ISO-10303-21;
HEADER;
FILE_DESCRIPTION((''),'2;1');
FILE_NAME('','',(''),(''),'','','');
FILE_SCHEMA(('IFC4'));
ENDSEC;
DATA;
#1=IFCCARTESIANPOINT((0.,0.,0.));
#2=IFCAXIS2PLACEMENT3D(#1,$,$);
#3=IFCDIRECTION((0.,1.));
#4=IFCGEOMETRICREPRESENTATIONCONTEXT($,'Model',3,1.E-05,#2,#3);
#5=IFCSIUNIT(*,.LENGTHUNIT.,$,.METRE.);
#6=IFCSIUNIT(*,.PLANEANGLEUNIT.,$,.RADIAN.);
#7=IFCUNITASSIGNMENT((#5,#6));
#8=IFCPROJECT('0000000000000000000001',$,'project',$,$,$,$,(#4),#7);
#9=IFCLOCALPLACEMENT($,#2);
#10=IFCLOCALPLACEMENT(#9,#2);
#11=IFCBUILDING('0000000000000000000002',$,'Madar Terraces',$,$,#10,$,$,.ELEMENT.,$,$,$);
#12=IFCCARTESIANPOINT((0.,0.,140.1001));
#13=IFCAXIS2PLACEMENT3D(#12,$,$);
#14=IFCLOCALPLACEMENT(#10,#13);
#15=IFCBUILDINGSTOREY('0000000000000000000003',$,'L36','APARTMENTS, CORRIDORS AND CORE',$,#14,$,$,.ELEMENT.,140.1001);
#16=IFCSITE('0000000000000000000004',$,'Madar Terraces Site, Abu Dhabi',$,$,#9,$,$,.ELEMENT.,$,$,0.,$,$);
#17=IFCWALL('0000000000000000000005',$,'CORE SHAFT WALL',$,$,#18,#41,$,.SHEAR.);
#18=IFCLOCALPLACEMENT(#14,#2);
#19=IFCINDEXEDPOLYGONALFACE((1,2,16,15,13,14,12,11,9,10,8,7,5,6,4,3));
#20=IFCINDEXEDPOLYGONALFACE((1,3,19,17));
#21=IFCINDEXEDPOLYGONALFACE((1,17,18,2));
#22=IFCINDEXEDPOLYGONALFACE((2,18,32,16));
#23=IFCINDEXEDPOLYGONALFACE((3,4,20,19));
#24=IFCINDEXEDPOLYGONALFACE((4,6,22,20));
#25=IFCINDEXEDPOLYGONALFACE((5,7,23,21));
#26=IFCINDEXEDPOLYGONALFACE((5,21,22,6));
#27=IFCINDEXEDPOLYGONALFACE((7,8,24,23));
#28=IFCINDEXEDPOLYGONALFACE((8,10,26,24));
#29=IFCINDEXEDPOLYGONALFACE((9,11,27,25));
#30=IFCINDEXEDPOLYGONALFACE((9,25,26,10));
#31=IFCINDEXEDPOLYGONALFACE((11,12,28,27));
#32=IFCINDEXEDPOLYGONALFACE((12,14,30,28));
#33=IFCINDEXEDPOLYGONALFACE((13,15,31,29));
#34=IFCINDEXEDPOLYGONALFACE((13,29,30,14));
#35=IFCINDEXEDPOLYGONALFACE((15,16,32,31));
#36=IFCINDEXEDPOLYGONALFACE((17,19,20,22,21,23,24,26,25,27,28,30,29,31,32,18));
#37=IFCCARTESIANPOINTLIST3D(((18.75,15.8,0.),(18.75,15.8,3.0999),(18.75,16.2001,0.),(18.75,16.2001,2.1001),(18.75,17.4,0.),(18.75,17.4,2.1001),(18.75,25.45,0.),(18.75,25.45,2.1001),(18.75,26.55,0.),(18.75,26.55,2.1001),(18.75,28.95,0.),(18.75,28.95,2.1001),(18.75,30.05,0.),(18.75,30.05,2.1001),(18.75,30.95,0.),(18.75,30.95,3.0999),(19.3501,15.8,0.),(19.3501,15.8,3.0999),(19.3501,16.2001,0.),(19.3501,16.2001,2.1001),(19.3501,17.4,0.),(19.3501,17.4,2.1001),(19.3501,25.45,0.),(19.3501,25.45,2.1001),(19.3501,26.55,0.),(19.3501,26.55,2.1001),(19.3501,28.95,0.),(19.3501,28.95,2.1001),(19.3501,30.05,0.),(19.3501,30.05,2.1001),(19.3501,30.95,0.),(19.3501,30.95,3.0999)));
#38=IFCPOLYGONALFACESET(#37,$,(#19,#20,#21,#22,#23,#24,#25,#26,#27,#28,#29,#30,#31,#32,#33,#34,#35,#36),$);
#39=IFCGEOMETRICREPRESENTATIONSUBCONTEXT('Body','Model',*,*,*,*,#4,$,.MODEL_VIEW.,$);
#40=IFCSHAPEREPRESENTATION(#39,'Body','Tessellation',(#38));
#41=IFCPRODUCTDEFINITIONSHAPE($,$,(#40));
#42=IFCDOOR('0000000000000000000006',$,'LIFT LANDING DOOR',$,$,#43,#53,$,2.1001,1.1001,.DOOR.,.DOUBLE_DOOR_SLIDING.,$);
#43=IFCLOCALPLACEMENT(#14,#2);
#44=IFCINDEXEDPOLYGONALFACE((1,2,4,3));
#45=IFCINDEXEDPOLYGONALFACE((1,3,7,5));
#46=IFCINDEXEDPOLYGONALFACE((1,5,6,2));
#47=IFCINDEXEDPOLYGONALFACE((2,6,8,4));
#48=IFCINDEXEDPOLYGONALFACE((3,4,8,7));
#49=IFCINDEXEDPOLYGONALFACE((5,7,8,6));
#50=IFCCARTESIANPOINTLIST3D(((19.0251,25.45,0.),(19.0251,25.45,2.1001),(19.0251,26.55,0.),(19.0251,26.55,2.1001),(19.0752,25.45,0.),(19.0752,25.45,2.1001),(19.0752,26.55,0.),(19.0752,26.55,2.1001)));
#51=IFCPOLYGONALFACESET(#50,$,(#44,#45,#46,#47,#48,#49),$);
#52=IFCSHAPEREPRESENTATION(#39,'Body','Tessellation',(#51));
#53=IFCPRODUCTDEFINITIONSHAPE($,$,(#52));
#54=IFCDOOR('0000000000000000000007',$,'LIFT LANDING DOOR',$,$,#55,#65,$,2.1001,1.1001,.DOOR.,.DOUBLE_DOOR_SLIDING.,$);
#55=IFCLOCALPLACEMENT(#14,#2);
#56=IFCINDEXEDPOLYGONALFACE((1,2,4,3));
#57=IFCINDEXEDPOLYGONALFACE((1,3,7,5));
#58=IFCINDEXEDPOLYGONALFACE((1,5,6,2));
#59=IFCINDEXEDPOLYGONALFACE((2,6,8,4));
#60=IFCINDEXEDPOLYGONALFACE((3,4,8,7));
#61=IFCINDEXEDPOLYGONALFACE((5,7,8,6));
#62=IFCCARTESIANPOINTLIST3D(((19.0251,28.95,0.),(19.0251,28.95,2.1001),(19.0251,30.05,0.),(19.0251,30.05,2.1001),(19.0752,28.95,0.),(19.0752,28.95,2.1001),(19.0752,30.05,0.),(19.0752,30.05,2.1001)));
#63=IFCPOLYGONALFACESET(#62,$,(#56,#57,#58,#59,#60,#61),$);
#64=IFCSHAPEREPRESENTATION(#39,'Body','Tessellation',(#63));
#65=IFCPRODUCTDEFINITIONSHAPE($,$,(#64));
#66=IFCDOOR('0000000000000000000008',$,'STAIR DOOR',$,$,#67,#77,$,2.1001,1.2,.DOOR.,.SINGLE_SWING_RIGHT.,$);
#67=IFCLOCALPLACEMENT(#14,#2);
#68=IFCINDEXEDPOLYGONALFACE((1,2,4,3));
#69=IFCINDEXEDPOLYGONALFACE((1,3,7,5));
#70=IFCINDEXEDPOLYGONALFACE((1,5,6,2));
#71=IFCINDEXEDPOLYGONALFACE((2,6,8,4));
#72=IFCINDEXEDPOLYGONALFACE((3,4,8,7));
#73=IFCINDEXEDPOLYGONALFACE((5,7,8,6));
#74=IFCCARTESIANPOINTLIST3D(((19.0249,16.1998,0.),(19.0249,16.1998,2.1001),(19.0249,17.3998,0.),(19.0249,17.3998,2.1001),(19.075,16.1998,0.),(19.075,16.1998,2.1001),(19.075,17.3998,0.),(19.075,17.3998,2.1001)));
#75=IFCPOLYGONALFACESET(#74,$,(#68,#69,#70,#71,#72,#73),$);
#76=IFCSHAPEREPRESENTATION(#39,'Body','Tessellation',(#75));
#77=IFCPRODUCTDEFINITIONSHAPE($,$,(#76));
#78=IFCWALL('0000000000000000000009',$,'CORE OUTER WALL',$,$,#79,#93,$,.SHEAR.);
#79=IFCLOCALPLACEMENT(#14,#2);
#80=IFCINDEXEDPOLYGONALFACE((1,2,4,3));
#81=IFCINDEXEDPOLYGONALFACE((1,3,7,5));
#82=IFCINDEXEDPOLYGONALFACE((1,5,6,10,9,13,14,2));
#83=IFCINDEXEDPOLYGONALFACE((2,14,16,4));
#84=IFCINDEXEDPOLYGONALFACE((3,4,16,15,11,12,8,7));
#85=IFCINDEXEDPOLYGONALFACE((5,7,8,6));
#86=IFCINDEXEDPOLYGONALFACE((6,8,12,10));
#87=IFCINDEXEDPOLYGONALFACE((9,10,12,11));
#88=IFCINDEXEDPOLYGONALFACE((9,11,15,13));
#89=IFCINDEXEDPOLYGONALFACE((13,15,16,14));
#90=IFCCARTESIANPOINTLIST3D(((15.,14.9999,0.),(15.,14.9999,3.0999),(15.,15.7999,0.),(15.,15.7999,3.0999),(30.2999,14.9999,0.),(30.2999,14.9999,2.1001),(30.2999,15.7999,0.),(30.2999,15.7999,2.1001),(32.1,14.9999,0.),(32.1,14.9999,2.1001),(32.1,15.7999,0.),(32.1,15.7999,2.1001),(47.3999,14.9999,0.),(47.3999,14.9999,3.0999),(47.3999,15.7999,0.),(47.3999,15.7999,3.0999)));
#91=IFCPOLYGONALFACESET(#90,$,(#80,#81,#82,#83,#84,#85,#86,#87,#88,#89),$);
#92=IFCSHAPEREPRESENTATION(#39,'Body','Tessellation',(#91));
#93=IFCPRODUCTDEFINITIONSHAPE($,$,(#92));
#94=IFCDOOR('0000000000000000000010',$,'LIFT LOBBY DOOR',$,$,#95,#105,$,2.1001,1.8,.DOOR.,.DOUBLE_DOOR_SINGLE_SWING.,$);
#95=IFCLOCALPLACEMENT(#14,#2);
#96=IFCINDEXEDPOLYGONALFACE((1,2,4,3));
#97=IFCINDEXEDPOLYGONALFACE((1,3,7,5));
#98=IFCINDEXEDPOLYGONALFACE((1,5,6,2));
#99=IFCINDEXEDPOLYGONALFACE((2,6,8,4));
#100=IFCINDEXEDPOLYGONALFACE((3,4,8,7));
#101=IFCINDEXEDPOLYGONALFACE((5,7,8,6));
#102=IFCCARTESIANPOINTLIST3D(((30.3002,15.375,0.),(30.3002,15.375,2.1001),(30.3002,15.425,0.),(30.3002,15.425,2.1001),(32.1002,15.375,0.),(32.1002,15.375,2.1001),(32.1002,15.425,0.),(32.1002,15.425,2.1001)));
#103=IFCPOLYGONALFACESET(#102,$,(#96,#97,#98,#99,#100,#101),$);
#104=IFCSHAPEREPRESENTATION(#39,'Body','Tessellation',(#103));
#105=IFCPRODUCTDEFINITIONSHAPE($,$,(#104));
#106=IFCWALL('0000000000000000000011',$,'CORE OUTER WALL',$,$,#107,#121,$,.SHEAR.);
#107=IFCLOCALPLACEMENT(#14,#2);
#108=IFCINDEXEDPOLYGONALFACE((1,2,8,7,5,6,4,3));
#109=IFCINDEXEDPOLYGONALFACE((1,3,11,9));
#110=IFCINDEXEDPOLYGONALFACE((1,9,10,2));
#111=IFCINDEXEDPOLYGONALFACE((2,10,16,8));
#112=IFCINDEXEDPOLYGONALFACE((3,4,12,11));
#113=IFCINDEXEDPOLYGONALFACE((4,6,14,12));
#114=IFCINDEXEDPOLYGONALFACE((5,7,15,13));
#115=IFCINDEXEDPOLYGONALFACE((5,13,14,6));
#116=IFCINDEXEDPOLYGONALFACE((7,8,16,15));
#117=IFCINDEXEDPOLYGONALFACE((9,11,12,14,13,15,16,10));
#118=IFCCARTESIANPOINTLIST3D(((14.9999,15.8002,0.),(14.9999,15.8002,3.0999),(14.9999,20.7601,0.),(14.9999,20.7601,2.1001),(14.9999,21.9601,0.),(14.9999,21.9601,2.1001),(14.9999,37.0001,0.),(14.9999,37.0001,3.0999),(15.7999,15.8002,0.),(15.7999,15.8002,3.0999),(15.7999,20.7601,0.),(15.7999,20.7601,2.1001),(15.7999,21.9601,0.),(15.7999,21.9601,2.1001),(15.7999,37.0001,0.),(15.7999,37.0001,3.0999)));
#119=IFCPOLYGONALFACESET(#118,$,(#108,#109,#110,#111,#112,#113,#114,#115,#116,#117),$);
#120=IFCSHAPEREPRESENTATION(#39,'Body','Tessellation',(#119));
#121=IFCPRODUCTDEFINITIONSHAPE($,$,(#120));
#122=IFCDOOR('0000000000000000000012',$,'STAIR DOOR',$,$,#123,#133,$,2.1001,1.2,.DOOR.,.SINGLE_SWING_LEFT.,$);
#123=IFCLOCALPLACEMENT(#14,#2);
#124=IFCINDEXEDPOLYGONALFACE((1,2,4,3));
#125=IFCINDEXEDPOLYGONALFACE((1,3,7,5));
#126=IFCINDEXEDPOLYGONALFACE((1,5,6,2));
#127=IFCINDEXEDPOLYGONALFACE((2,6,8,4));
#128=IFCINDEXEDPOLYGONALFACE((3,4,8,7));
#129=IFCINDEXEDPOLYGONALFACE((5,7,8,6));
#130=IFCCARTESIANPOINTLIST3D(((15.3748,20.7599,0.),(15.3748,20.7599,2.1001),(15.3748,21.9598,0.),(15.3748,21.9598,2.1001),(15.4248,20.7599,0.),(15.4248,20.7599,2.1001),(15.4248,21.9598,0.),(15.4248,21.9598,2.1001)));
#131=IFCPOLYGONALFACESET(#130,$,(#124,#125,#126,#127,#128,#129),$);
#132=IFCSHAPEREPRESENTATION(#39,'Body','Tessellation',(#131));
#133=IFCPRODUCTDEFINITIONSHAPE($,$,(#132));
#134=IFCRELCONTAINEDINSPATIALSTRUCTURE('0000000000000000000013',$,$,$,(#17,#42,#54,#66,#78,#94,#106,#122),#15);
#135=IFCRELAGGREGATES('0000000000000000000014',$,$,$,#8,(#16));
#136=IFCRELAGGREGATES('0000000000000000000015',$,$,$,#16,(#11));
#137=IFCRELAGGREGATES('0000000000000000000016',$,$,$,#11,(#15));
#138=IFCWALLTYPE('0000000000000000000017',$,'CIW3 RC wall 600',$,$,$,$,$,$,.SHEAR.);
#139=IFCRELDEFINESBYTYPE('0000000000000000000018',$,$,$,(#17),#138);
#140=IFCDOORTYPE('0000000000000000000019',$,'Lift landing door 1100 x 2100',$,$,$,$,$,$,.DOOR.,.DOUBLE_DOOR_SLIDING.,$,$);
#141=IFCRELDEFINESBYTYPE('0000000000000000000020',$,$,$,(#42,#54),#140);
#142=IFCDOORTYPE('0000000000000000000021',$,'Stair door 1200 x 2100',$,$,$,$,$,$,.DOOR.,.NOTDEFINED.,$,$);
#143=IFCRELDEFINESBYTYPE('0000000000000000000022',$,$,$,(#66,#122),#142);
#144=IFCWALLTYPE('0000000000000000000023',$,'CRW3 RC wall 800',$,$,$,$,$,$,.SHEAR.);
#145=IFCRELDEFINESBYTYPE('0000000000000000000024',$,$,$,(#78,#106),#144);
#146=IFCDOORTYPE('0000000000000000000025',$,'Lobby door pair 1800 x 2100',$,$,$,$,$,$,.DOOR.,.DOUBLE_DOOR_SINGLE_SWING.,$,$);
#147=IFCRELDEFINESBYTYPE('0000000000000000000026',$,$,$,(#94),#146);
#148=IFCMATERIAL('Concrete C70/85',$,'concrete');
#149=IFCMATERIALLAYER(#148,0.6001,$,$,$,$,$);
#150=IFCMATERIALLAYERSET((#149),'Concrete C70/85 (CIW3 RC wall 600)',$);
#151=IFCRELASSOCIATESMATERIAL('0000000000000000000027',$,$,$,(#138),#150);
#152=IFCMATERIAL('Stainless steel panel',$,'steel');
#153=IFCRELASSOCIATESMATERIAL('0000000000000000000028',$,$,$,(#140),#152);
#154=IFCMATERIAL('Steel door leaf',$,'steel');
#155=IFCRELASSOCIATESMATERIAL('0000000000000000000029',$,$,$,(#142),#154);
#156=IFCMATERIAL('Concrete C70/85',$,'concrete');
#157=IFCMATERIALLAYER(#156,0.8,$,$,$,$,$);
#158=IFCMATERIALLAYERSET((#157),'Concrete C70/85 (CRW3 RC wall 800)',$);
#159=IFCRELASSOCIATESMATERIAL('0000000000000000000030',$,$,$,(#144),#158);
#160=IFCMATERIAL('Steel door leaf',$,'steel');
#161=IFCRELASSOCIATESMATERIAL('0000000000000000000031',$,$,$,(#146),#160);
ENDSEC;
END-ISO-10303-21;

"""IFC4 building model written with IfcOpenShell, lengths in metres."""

from ifc_helpers import new_model, si_unit, direction, frame, frame_2d, origin, place, context, subcontext, project, spatial, rectangle, extrude, material, layer, layer_set, type_object, element, fill, save


model = new_model("IFC4")

# Units and contexts
model_context = context("Model", 3, precision=1e-05, world=origin(), true_north=direction((0.0, 1.0)))
body_context = subcontext(model_context, "Body", "Model", "MODEL_VIEW")
ifc_project = project(units=[si_unit("LENGTHUNIT", "METRE"), si_unit("PLANEANGLEUNIT", "RADIAN")], contexts=[model_context])

# Site, building, storey
site_placement = place(None, origin())
site = spatial("IfcSite", under=ifc_project, at=site_placement, Name="Madar Terraces Site, Abu Dhabi", CompositionType="ELEMENT", RefElevation=0.0)
building_placement = place(site_placement, origin())
building = spatial("IfcBuilding", under=site, at=building_placement, Name="Madar Terraces", CompositionType="ELEMENT")
storey_placement = place(building_placement, frame((0.0, 0.0, 140.1001)))
storey = spatial("IfcBuildingStorey", under=building, at=storey_placement, Name="L36", Description="APARTMENTS, CORRIDORS AND CORE", CompositionType="ELEMENT", Elevation=140.1001)

# Wall, openings, doors
ifc_material_1 = material(Name="Concrete C70/85", Category="concrete")
ifc_layer_1 = layer(ifc_material_1, 0.6001)
ifc_layer_set_1 = layer_set([ifc_layer_1], Name="Concrete C70/85 (CIW3 RC wall 600)")
wall_type_1 = type_object("IfcWallType", Name="CIW3 RC wall 600", PredefinedType="SHEAR", material=ifc_layer_set_1)
wall_1_placement = place(storey_placement, frame((19.05, 15.8, 0.0), z_axis=(0.0, 0.0, 1.0), x_axis=(0.0, 1.0, 0.0)))
wall_1 = element("IfcWall", 1, at=wall_1_placement, inside=storey, type_object=wall_type_1, Name="CORE SHAFT WALL", PredefinedType="SHEAR", context=body_context, shape_type="SweptSolid", body=[
    extrude(rectangle(XDim=15.1499, YDim=0.6001, at=frame_2d((7.575, 0.0))), origin(), (0.0, 0.0, 1.0), 3.0999),
])
opening_1_placement = place(wall_1_placement, frame((9.6499, 0.0, 0.0)))
opening_1 = element("IfcOpeningElement", 2, at=opening_1_placement, cuts=wall_1, PredefinedType="OPENING", context=body_context, shape_type="SweptSolid", body=[
    extrude(rectangle(XDim=1.1001, YDim=2.1001, at=frame_2d((0.55, 1.05))), frame((0.0, 0.3101, 0.0), z_axis=(0.0, -1.0, 0.0), x_axis=(1.0, 0.0, 0.0)), (0.0, 0.0, 1.0), 0.6201),
])
opening_2_placement = place(wall_1_placement, frame((13.1499, 0.0, 0.0)))
opening_2 = element("IfcOpeningElement", 3, at=opening_2_placement, cuts=wall_1, PredefinedType="OPENING", context=body_context, shape_type="SweptSolid", body=[
    extrude(rectangle(XDim=1.1001, YDim=2.1001, at=frame_2d((0.55, 1.05))), frame((0.0, 0.3101, 0.0), z_axis=(0.0, -1.0, 0.0), x_axis=(1.0, 0.0, 0.0)), (0.0, 0.0, 1.0), 0.6201),
])
opening_3_placement = place(wall_1_placement, frame((0.3999, 0.0, 0.0)))
opening_3 = element("IfcOpeningElement", 4, at=opening_3_placement, cuts=wall_1, PredefinedType="OPENING", context=body_context, shape_type="SweptSolid", body=[
    extrude(rectangle(XDim=1.2, YDim=2.1001, at=frame_2d((0.6001, 1.05))), frame((0.0, 0.3101, 0.0), z_axis=(0.0, -1.0, 0.0), x_axis=(1.0, 0.0, 0.0)), (0.0, 0.0, 1.0), 0.6201),
])
ifc_material_2 = material(Name="Stainless steel panel", Category="steel")
door_type_1 = type_object("IfcDoorType", Name="Lift landing door 1100 x 2100", OperationType="DOUBLE_DOOR_SLIDING", PredefinedType="DOOR", material=ifc_material_2)
door_1_placement = place(opening_1_placement, origin())
door_1 = element("IfcDoor", 5, at=door_1_placement, inside=storey, type_object=door_type_1, Name="LIFT LANDING DOOR", OperationType="DOUBLE_DOOR_SLIDING", OverallHeight=2.1001, OverallWidth=1.1001, PredefinedType="DOOR", context=body_context, shape_type="SweptSolid", body=[
    extrude(rectangle(XDim=1.1001, YDim=2.1001, at=frame_2d((0.55, 1.05))), frame((0.0, 0.0249, 0.0), z_axis=(0.0, -1.0, 0.0), x_axis=(1.0, 0.0, 0.0)), (0.0, 0.0, 1.0), 0.05),
])
fill(opening_1, door_1)
door_2_placement = place(opening_2_placement, origin())
door_2 = element("IfcDoor", 6, at=door_2_placement, inside=storey, type_object=door_type_1, Name="LIFT LANDING DOOR", OperationType="DOUBLE_DOOR_SLIDING", OverallHeight=2.1001, OverallWidth=1.1001, PredefinedType="DOOR", context=body_context, shape_type="SweptSolid", body=[
    extrude(rectangle(XDim=1.1001, YDim=2.1001, at=frame_2d((0.55, 1.05))), frame((0.0, 0.0249, 0.0), z_axis=(0.0, -1.0, 0.0), x_axis=(1.0, 0.0, 0.0)), (0.0, 0.0, 1.0), 0.05),
])
fill(opening_2, door_2)
ifc_material_3 = material(Name="Steel door leaf", Category="steel")
door_type_2 = type_object("IfcDoorType", Name="Stair door 1200 x 2100", OperationType="NOTDEFINED", PredefinedType="DOOR", material=ifc_material_3)
door_3_placement = place(opening_3_placement, frame((1.2, 0.0, 0.0), z_axis=(0.0, 0.0, 1.0), x_axis=(-1.0, 0.0, 0.0)))
door_3 = element("IfcDoor", 7, at=door_3_placement, inside=storey, type_object=door_type_2, Name="STAIR DOOR", OperationType="SINGLE_SWING_RIGHT", OverallHeight=2.1001, OverallWidth=1.2, PredefinedType="DOOR", context=body_context, shape_type="SweptSolid", body=[
    extrude(rectangle(XDim=1.2, YDim=2.1001, at=frame_2d((0.6001, 1.05))), frame((0.0, 0.0249, 0.0), z_axis=(0.0, -1.0, 0.0), x_axis=(1.0, 0.0, 0.0)), (0.0, 0.0, 1.0), 0.05),
])
fill(opening_3, door_3)

# Walls, openings, doors
ifc_material_4 = material(Name="Concrete C70/85", Category="concrete")
ifc_layer_2 = layer(ifc_material_4, 0.8)
ifc_layer_set_2 = layer_set([ifc_layer_2], Name="Concrete C70/85 (CRW3 RC wall 800)")
wall_type_2 = type_object("IfcWallType", Name="CRW3 RC wall 800", PredefinedType="SHEAR", material=ifc_layer_set_2)
wall_2_placement = place(storey_placement, frame((15.0, 15.3999, 0.0), z_axis=(0.0, 0.0, 1.0), x_axis=(1.0, 0.0, 0.0)))
wall_2 = element("IfcWall", 8, at=wall_2_placement, inside=storey, type_object=wall_type_2, Name="CORE OUTER WALL", PredefinedType="SHEAR", context=body_context, shape_type="SweptSolid", body=[
    extrude(rectangle(XDim=32.3999, YDim=0.8, at=frame_2d((16.2, 0.0))), origin(), (0.0, 0.0, 1.0), 3.0999),
])
opening_4_placement = place(wall_2_placement, frame((15.3, 0.0, 0.0)))
opening_4 = element("IfcOpeningElement", 9, at=opening_4_placement, cuts=wall_2, PredefinedType="OPENING", context=body_context, shape_type="SweptSolid", body=[
    extrude(rectangle(XDim=1.8, YDim=2.1001, at=frame_2d((0.8999, 1.05))), frame((0.0, 0.4099, 0.0), z_axis=(0.0, -1.0, 0.0), x_axis=(1.0, 0.0, 0.0)), (0.0, 0.0, 1.0), 0.8201),
])
ifc_material_5 = material(Name="Steel door leaf", Category="steel")
door_type_3 = type_object("IfcDoorType", Name="Lobby door pair 1800 x 2100", OperationType="DOUBLE_DOOR_SINGLE_SWING", PredefinedType="DOOR", material=ifc_material_5)
door_4_placement = place(opening_4_placement, frame((1.8, 0.0, 0.0), z_axis=(0.0, 0.0, 1.0), x_axis=(-1.0, 0.0, 0.0)))
door_4 = element("IfcDoor", 10, at=door_4_placement, inside=storey, type_object=door_type_3, Name="LIFT LOBBY DOOR", OperationType="DOUBLE_DOOR_SINGLE_SWING", OverallHeight=2.1001, OverallWidth=1.8, PredefinedType="DOOR", context=body_context, shape_type="SweptSolid", body=[
    extrude(rectangle(XDim=1.8, YDim=2.1001, at=frame_2d((0.8999, 1.05))), frame((0.0, 0.0249, 0.0), z_axis=(0.0, -1.0, 0.0), x_axis=(1.0, 0.0, 0.0)), (0.0, 0.0, 1.0), 0.05),
])
fill(opening_4, door_4)
wall_3_placement = place(storey_placement, frame((15.3999, 15.8, 0.0), z_axis=(0.0, 0.0, 1.0), x_axis=(0.0, 1.0, 0.0)))
wall_3 = element("IfcWall", 11, at=wall_3_placement, inside=storey, type_object=wall_type_2, Name="CORE OUTER WALL", PredefinedType="SHEAR", context=body_context, shape_type="SweptSolid", body=[
    extrude(rectangle(XDim=21.2, YDim=0.8, at=frame_2d((10.6001, 0.0))), origin(), (0.0, 0.0, 1.0), 3.0999),
])
opening_5_placement = place(wall_3_placement, frame((4.96, 0.0, 0.0)))
opening_5 = element("IfcOpeningElement", 12, at=opening_5_placement, cuts=wall_3, PredefinedType="OPENING", context=body_context, shape_type="SweptSolid", body=[
    extrude(rectangle(XDim=1.2, YDim=2.1001, at=frame_2d((0.6001, 1.05))), frame((0.0, 0.4099, 0.0), z_axis=(0.0, -1.0, 0.0), x_axis=(1.0, 0.0, 0.0)), (0.0, 0.0, 1.0), 0.8201),
])
door_5_placement = place(opening_5_placement, frame((1.2, 0.0, 0.0), z_axis=(0.0, 0.0, 1.0), x_axis=(-1.0, 0.0, 0.0)))
door_5 = element("IfcDoor", 13, at=door_5_placement, inside=storey, type_object=door_type_2, Name="STAIR DOOR", OperationType="SINGLE_SWING_LEFT", OverallHeight=2.1001, OverallWidth=1.2, PredefinedType="DOOR", context=body_context, shape_type="SweptSolid", body=[
    extrude(rectangle(XDim=1.2, YDim=2.1001, at=frame_2d((0.6001, 1.05))), frame((0.0, 0.0249, 0.0), z_axis=(0.0, -1.0, 0.0), x_axis=(1.0, 0.0, 0.0)), (0.0, 0.0, 1.0), 0.05),
])
fill(opening_5, door_5)

save(model, "model.ifc")
